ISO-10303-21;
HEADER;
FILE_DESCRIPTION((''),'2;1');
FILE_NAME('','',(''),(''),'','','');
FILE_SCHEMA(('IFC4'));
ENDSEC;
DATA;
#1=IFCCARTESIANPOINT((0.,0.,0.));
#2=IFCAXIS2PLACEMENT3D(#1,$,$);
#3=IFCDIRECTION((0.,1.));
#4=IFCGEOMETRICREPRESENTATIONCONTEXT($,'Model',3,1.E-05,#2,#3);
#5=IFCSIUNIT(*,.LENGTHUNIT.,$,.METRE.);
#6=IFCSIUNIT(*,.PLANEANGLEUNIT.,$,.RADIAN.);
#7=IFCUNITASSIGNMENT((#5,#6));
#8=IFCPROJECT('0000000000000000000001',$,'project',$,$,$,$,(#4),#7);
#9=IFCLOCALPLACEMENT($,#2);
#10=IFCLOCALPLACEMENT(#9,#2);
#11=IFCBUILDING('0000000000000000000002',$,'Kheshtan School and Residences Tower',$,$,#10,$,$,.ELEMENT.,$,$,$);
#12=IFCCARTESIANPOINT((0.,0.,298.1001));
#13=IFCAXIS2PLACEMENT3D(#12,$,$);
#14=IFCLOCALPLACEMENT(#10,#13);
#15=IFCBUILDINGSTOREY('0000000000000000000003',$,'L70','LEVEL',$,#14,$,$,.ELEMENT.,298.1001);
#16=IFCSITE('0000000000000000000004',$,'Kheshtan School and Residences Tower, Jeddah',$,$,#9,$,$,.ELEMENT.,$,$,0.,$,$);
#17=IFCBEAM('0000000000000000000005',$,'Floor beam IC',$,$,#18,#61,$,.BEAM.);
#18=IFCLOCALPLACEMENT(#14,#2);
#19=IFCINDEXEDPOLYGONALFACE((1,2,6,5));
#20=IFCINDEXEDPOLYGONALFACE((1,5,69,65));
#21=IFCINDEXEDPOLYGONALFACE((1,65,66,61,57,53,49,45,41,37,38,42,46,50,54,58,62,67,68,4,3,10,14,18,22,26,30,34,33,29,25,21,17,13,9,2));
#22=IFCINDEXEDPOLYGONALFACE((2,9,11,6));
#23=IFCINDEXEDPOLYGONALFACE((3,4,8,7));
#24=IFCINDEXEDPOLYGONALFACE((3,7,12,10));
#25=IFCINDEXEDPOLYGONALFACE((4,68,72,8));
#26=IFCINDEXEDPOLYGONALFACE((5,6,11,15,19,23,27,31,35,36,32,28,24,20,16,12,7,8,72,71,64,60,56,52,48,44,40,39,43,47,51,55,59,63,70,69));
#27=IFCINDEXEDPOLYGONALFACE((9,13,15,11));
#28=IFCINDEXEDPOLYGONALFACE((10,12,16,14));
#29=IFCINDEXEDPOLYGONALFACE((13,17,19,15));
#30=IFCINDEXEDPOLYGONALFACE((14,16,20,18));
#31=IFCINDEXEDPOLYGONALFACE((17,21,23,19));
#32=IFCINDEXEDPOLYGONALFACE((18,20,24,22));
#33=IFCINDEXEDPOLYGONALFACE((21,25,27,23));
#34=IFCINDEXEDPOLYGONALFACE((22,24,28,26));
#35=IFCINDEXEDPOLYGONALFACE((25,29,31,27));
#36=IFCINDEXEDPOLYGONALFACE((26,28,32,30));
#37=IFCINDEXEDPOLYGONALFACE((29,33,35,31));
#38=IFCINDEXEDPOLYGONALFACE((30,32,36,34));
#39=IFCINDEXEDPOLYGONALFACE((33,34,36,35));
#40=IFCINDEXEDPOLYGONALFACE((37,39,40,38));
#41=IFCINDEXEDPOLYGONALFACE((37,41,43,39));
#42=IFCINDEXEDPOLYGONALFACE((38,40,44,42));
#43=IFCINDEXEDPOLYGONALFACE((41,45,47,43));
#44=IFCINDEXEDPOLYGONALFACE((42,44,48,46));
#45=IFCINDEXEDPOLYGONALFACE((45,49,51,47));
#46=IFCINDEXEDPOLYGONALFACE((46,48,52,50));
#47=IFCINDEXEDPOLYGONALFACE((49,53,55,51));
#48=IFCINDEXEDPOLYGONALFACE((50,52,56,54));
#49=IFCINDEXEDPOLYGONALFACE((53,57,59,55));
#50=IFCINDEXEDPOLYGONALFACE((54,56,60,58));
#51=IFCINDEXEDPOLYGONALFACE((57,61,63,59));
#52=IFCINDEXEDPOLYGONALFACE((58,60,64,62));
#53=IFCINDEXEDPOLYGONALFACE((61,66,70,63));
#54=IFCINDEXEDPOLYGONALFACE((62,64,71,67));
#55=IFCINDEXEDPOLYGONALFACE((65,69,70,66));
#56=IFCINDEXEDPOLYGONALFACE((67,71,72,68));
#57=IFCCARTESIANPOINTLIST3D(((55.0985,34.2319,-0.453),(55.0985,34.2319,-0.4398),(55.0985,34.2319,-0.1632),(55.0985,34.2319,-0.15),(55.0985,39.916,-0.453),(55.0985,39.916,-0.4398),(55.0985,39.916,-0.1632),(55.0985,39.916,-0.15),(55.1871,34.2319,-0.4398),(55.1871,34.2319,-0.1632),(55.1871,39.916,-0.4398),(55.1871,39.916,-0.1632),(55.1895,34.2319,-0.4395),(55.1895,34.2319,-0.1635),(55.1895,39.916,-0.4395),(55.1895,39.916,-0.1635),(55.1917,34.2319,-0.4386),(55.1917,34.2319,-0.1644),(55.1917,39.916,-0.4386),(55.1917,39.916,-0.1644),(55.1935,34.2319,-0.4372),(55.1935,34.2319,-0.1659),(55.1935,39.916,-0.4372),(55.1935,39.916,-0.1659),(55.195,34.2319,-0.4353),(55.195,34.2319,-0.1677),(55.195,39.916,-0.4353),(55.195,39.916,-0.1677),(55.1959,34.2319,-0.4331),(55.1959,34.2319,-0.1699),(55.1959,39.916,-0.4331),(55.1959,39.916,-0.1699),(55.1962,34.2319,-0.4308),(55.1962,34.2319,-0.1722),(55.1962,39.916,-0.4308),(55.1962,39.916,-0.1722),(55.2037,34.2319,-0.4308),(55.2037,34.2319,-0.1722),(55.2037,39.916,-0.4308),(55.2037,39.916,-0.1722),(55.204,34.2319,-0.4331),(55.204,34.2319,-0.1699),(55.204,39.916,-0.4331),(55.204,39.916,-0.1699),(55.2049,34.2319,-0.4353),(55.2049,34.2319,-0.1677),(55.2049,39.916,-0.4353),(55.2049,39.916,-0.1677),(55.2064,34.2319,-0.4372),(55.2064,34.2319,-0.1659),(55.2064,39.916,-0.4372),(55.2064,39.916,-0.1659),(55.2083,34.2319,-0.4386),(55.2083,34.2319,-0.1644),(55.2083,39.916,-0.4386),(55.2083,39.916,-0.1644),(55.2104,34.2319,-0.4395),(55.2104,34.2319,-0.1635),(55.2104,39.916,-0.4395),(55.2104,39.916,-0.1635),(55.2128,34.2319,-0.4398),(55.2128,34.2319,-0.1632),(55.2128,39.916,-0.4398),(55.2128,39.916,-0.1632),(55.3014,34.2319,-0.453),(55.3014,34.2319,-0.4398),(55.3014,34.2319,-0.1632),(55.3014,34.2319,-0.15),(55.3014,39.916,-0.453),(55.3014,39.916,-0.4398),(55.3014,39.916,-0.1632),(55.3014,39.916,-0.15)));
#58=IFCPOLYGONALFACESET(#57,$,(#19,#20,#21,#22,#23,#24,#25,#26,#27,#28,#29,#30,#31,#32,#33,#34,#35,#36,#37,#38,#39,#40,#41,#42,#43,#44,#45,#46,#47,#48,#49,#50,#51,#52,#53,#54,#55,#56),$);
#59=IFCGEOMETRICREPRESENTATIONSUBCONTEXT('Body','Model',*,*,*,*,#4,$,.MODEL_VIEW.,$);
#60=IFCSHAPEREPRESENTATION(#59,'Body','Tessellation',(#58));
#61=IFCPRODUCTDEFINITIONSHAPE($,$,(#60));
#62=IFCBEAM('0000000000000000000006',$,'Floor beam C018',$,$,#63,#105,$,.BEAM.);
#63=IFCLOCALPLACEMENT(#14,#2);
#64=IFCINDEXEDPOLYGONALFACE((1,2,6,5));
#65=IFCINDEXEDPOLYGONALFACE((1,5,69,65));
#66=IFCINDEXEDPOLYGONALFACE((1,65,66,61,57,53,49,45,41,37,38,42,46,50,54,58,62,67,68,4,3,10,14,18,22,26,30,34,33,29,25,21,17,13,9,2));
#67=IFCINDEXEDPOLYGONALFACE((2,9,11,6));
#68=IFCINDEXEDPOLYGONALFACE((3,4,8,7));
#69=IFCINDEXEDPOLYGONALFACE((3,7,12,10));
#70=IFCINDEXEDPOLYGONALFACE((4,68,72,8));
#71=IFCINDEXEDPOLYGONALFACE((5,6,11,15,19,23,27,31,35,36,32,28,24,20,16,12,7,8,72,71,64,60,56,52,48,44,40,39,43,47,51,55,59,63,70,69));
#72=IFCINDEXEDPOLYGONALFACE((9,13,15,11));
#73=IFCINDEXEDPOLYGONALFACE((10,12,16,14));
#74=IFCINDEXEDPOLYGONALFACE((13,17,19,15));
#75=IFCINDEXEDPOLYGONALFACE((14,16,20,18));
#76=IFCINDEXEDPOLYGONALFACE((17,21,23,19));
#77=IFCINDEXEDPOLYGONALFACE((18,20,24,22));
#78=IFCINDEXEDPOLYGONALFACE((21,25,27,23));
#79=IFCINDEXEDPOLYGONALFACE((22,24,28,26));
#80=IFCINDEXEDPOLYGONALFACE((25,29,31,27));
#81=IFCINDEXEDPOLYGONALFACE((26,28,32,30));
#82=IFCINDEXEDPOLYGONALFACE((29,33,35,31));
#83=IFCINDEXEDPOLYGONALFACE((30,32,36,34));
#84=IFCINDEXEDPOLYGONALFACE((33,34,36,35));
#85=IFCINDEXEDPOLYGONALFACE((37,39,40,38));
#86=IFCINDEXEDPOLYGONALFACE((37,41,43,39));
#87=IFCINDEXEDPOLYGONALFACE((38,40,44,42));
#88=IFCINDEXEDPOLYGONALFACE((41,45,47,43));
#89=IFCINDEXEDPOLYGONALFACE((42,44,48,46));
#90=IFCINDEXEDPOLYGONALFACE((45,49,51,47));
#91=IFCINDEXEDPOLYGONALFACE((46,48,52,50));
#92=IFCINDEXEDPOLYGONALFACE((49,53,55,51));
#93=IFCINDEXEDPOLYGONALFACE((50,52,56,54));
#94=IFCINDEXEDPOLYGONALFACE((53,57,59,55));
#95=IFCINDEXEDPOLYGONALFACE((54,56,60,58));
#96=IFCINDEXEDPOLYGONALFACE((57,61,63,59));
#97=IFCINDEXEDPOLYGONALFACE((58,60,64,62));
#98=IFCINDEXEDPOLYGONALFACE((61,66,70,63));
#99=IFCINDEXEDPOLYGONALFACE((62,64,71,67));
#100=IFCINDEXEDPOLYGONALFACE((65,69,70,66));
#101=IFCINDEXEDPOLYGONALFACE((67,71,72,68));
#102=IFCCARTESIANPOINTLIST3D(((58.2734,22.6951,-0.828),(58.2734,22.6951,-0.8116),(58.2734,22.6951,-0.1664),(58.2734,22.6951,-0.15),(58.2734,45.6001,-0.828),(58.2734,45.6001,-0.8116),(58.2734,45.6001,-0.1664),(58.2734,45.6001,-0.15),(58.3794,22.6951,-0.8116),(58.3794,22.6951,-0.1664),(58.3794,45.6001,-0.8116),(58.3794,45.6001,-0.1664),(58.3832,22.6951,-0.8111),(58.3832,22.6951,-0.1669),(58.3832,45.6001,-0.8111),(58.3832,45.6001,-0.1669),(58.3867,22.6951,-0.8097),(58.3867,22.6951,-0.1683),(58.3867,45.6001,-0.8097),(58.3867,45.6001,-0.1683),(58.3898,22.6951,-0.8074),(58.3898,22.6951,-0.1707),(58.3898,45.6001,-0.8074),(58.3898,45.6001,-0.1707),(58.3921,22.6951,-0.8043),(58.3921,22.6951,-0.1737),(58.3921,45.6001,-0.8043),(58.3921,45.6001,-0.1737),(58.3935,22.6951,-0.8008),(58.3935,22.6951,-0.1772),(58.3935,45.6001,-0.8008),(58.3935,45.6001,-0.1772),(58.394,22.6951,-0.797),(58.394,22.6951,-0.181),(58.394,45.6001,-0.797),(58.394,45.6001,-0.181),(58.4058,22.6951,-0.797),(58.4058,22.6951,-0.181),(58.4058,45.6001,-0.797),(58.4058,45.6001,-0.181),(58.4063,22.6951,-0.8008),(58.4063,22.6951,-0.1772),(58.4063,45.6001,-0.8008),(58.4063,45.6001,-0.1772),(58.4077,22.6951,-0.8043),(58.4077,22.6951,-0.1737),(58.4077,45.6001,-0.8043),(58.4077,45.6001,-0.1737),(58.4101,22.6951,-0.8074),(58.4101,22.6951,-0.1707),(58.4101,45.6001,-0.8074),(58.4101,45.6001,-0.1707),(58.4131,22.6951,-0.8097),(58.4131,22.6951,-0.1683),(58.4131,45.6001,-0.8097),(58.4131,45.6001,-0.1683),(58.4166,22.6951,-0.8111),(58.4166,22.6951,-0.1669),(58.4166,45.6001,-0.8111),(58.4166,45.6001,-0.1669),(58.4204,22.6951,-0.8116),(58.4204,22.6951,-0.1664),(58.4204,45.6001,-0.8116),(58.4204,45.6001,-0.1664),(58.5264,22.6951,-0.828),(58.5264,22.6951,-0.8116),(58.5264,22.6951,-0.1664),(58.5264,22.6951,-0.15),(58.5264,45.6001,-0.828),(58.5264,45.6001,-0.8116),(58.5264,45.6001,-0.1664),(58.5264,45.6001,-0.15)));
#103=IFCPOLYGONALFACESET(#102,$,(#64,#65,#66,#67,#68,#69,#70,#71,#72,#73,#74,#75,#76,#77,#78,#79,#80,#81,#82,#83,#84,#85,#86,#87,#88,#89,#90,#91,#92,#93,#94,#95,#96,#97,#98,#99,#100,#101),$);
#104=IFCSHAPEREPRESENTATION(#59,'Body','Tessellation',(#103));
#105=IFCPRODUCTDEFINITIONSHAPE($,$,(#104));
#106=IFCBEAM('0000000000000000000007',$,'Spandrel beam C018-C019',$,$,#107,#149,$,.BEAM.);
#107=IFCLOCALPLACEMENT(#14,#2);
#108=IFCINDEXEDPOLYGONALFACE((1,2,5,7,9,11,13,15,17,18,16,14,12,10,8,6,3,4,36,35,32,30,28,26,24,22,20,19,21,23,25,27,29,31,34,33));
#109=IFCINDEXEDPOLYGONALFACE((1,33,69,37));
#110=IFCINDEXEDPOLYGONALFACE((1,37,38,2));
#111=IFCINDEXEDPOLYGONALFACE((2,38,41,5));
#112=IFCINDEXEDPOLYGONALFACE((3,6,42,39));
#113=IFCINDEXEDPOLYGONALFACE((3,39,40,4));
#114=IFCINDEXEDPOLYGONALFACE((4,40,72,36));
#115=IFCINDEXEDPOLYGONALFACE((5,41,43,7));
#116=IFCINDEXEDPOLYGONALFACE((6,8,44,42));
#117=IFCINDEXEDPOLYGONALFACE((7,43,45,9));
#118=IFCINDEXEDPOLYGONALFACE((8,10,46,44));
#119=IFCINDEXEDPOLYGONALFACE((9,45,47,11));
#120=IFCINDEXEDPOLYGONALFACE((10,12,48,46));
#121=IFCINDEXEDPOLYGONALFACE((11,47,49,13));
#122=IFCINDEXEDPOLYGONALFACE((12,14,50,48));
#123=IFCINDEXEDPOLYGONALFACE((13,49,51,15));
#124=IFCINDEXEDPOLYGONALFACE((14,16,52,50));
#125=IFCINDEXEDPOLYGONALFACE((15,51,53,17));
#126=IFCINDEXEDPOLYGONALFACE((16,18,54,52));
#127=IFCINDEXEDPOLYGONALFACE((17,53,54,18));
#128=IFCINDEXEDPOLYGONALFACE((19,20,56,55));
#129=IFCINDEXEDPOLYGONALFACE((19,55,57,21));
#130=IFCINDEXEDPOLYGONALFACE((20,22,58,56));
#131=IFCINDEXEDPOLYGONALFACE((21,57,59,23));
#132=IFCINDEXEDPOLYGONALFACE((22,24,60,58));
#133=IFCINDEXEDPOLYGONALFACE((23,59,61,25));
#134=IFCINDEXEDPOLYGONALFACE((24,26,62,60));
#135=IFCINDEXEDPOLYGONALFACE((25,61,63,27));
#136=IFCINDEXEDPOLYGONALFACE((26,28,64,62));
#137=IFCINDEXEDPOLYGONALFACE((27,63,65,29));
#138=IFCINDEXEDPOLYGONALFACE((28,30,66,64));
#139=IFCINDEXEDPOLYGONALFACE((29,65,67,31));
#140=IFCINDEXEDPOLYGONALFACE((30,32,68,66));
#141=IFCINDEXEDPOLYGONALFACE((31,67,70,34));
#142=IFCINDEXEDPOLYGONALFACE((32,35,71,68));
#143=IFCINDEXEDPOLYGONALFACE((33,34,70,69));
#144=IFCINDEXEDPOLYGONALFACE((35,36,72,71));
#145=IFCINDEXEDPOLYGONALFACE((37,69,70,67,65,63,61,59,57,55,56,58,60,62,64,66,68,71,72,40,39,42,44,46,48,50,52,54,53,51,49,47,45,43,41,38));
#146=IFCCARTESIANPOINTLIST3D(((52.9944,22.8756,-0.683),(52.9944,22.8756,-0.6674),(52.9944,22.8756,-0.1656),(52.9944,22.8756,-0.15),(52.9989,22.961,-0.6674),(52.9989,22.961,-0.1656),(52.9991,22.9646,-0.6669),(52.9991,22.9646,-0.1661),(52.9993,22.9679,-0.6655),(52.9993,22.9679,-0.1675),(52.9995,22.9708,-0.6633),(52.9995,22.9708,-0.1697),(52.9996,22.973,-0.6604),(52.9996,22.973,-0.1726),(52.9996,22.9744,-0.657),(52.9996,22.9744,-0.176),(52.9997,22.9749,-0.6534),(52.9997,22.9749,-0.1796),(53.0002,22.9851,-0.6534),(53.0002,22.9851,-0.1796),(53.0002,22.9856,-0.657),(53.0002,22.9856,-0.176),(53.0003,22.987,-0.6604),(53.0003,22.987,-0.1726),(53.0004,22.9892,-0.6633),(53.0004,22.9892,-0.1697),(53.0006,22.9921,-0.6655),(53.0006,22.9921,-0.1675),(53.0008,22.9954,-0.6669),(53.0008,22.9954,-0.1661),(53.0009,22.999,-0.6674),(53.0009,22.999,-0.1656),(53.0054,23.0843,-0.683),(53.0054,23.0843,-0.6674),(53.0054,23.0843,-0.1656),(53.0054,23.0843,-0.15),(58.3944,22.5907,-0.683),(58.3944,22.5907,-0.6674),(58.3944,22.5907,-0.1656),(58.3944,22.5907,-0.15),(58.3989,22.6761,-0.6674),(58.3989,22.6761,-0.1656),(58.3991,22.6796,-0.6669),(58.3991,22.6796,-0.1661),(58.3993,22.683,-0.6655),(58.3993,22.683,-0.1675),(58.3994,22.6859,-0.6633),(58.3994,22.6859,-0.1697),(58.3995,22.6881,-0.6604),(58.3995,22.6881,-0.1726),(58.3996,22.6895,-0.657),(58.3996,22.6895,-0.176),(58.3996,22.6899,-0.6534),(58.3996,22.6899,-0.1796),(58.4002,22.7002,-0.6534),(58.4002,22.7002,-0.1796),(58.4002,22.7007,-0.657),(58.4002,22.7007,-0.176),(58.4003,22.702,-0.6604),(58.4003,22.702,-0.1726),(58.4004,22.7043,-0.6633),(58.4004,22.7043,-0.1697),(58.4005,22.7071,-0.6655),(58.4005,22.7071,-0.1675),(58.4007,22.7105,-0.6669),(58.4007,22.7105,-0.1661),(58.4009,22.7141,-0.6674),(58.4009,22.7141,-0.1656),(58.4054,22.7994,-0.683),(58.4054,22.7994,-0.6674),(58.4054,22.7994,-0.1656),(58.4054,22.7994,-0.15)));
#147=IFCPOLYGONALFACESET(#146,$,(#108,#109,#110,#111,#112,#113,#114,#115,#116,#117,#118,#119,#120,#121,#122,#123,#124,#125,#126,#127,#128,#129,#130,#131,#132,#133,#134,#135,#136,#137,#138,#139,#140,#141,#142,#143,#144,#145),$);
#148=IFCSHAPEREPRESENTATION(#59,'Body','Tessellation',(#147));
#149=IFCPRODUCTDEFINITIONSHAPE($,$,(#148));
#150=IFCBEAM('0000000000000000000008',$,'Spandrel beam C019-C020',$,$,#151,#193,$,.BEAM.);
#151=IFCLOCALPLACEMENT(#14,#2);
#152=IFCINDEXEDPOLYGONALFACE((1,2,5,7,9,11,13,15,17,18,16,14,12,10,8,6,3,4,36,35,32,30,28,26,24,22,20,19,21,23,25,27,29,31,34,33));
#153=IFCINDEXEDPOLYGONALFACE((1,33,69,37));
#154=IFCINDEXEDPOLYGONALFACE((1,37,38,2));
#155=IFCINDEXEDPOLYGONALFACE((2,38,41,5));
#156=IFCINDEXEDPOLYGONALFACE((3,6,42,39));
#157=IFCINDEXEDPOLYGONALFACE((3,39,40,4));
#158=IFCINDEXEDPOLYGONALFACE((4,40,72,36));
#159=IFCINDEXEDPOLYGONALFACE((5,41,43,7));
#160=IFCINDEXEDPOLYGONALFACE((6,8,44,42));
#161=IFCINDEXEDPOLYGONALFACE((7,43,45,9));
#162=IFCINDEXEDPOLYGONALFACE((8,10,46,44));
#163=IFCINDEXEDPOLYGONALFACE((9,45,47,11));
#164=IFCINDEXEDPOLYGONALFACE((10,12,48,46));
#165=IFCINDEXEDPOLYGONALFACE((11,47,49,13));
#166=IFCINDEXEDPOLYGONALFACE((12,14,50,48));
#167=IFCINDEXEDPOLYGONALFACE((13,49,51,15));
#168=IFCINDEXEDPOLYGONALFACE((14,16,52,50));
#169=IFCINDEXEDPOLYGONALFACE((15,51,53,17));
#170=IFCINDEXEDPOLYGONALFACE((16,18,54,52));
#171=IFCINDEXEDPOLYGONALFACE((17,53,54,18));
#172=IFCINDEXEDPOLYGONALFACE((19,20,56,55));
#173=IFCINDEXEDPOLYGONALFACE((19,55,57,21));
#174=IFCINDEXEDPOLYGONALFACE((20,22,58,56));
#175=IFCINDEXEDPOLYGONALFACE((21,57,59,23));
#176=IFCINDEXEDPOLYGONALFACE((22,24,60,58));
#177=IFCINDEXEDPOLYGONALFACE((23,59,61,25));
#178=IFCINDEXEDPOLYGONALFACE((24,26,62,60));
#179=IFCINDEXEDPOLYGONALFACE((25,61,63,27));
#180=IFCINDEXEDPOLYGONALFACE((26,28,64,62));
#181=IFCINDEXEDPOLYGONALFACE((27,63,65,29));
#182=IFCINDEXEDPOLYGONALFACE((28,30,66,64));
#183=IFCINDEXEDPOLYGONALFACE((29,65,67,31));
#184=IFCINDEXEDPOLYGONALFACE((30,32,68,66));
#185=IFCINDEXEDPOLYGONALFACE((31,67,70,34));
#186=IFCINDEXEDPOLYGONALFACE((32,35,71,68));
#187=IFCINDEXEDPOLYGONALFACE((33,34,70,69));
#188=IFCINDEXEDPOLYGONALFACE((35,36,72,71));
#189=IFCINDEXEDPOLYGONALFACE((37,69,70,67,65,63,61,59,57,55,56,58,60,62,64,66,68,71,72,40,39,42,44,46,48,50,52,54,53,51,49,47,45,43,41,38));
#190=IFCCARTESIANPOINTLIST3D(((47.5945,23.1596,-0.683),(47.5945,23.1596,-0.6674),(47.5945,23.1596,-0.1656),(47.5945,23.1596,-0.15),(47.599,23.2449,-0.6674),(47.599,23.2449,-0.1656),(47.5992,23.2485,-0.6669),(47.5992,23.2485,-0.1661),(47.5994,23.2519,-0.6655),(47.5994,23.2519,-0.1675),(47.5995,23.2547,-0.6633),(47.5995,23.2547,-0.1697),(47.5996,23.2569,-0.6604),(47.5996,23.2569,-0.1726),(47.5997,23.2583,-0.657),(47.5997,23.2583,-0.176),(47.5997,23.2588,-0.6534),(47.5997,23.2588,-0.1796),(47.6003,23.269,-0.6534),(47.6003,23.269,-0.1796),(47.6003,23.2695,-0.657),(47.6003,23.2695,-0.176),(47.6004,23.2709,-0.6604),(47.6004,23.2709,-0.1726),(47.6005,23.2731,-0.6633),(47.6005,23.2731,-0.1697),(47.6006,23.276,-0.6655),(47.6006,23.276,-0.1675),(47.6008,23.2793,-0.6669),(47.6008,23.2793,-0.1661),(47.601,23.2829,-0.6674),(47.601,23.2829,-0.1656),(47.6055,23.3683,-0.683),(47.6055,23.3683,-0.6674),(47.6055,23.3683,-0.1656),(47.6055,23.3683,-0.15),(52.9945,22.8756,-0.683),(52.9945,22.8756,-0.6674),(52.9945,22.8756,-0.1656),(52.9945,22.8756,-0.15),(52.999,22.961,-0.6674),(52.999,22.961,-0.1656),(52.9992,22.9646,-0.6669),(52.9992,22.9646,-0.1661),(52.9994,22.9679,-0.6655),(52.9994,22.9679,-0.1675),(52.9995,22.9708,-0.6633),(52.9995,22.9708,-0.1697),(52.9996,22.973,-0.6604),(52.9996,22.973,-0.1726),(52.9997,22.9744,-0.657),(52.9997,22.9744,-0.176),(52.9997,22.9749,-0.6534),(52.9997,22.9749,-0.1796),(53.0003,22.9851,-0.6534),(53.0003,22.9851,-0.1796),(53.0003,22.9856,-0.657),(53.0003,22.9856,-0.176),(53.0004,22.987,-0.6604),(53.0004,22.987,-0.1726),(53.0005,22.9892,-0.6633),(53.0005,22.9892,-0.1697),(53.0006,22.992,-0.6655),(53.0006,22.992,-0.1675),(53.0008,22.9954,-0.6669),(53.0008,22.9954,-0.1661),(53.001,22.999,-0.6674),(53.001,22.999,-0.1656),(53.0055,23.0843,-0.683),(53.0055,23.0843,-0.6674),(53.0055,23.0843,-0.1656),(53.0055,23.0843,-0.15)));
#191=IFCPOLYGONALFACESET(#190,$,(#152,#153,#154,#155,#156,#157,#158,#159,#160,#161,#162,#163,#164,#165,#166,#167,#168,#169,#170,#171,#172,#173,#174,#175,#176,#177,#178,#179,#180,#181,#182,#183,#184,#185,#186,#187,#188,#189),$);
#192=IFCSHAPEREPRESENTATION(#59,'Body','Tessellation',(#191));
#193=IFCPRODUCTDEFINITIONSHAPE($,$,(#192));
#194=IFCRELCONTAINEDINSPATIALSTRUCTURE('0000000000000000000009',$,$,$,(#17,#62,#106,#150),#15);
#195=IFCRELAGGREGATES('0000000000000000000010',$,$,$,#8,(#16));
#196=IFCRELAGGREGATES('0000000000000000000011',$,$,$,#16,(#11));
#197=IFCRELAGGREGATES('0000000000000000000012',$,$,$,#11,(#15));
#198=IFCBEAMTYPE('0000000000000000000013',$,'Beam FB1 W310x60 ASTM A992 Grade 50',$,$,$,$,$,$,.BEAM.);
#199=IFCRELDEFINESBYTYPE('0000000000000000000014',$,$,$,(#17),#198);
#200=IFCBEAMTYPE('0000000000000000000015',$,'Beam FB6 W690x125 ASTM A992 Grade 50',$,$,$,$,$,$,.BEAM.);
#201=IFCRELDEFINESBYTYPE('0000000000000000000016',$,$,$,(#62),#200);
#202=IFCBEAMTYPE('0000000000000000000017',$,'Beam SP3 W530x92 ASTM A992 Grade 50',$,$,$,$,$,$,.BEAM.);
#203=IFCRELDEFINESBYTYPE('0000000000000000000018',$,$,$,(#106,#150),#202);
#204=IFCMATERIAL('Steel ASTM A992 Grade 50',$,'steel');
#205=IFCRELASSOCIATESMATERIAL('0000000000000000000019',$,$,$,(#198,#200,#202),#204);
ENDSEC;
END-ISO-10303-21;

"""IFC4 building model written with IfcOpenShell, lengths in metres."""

from ifc_helpers import new_model, si_unit, direction, frame, origin, origin_2d, place, context, subcontext, project, spatial, i_section, extrude, material, material_profile, profile_set, type_object, element, save


model = new_model("IFC4")

# Units and contexts
model_context = context("Model", 3, precision=1e-05, world=origin(), true_north=direction((0.0, 1.0)))
body_context = subcontext(model_context, "Body", "Model", "MODEL_VIEW")
ifc_project = project(units=[si_unit("LENGTHUNIT", "METRE"), si_unit("PLANEANGLEUNIT", "RADIAN")], contexts=[model_context])

# Site, building, storey
site_placement = place(None, origin())
site = spatial("IfcSite", under=ifc_project, at=site_placement, Name="Kheshtan School and Residences Tower, Jeddah", CompositionType="ELEMENT", RefElevation=0.0)
building_placement = place(site_placement, origin())
building = spatial("IfcBuilding", under=site, at=building_placement, Name="Kheshtan School and Residences Tower", CompositionType="ELEMENT")
storey_placement = place(building_placement, frame((0.0, 0.0, 298.1001)))
storey = spatial("IfcBuildingStorey", under=building, at=storey_placement, Name="L70", Description="LEVEL", CompositionType="ELEMENT", Elevation=298.1001)

# Shared definitions
ifc_material_1 = material(Name="Steel ASTM A992 Grade 50", Category="steel")

# Beams
ifc_material_profile_1 = material_profile(ifc_material_1, i_section(OverallWidth=0.2029, OverallDepth=0.303, WebThickness=0.0076, FlangeThickness=0.0132, FilletRadius=0.009, at=origin_2d()), Name="W310x60")
ifc_profile_set_1 = profile_set([ifc_material_profile_1], Name="Steel ASTM A992 Grade 50")
beam_type_1 = type_object("IfcBeamType", Name="Beam FB1 W310x60 ASTM A992 Grade 50", PredefinedType="BEAM", material=ifc_profile_set_1)
beam_1_placement = place(storey_placement, frame((55.2, 34.2319, -0.3015), z_axis=(0.0, 1.0, 0.0), x_axis=(-1.0, 0.0, 0.0)))
element("IfcBeam", 1, at=beam_1_placement, inside=storey, type_object=beam_type_1, Name="Floor beam IC", PredefinedType="BEAM", context=body_context, shape_type="SweptSolid", body=[
    extrude(i_section(OverallWidth=0.2029, OverallDepth=0.303, WebThickness=0.0076, FlangeThickness=0.0132, FilletRadius=0.009, at=origin_2d()), origin(), (0.0, 0.0, 1.0), 5.6841),
])
ifc_material_profile_2 = material_profile(ifc_material_1, i_section(OverallWidth=0.2529, OverallDepth=0.678, WebThickness=0.0117, FlangeThickness=0.0164, FilletRadius=0.0146, at=origin_2d()), Name="W690x125")
ifc_profile_set_2 = profile_set([ifc_material_profile_2], Name="Steel ASTM A992 Grade 50")
beam_type_2 = type_object("IfcBeamType", Name="Beam FB6 W690x125 ASTM A992 Grade 50", PredefinedType="BEAM", material=ifc_profile_set_2)
beam_2_placement = place(storey_placement, frame((58.3999, 22.6951, -0.489), z_axis=(0.0, 1.0, 0.0), x_axis=(-1.0, 0.0, 0.0)))
element("IfcBeam", 2, at=beam_2_placement, inside=storey, type_object=beam_type_2, Name="Floor beam C018", PredefinedType="BEAM", context=body_context, shape_type="SweptSolid", body=[
    extrude(i_section(OverallWidth=0.2529, OverallDepth=0.678, WebThickness=0.0117, FlangeThickness=0.0164, FilletRadius=0.0146, at=origin_2d()), origin(), (0.0, 0.0, 1.0), 22.905),
])
ifc_material_profile_3 = material_profile(ifc_material_1, i_section(OverallWidth=0.209, OverallDepth=0.533, WebThickness=0.0103, FlangeThickness=0.0156, FilletRadius=0.0139, at=origin_2d()), Name="W530x92")
ifc_profile_set_3 = profile_set([ifc_material_profile_3], Name="Steel ASTM A992 Grade 50")
beam_type_3 = type_object("IfcBeamType", Name="Beam SP3 W530x92 ASTM A992 Grade 50", PredefinedType="BEAM", material=ifc_profile_set_3)
for number, where, z_axis, x_axis, name in (
    (3, (58.3999, 22.6951, -0.4165), (-0.998611, 0.052689, 0.0), (-0.052689, -0.998611, 0.0), "Spandrel beam C018-C019"),
    (4, (53.0, 22.98, -0.4165), (-0.99862, 0.052509, 0.0), (-0.052509, -0.99862, 0.0), "Spandrel beam C019-C020"),
):
    element("IfcBeam", number, at=place(storey_placement, frame(where, z_axis=z_axis, x_axis=x_axis)), inside=storey, type_object=beam_type_3, Name=name, PredefinedType="BEAM", context=body_context, shape_type="SweptSolid", body=[
        extrude(i_section(OverallWidth=0.209, OverallDepth=0.533, WebThickness=0.0103, FlangeThickness=0.0156, FilletRadius=0.0139, at=origin_2d()), origin(), (0.0, 0.0, 1.0), 5.4075),
    ])

save(model, "model.ifc")
